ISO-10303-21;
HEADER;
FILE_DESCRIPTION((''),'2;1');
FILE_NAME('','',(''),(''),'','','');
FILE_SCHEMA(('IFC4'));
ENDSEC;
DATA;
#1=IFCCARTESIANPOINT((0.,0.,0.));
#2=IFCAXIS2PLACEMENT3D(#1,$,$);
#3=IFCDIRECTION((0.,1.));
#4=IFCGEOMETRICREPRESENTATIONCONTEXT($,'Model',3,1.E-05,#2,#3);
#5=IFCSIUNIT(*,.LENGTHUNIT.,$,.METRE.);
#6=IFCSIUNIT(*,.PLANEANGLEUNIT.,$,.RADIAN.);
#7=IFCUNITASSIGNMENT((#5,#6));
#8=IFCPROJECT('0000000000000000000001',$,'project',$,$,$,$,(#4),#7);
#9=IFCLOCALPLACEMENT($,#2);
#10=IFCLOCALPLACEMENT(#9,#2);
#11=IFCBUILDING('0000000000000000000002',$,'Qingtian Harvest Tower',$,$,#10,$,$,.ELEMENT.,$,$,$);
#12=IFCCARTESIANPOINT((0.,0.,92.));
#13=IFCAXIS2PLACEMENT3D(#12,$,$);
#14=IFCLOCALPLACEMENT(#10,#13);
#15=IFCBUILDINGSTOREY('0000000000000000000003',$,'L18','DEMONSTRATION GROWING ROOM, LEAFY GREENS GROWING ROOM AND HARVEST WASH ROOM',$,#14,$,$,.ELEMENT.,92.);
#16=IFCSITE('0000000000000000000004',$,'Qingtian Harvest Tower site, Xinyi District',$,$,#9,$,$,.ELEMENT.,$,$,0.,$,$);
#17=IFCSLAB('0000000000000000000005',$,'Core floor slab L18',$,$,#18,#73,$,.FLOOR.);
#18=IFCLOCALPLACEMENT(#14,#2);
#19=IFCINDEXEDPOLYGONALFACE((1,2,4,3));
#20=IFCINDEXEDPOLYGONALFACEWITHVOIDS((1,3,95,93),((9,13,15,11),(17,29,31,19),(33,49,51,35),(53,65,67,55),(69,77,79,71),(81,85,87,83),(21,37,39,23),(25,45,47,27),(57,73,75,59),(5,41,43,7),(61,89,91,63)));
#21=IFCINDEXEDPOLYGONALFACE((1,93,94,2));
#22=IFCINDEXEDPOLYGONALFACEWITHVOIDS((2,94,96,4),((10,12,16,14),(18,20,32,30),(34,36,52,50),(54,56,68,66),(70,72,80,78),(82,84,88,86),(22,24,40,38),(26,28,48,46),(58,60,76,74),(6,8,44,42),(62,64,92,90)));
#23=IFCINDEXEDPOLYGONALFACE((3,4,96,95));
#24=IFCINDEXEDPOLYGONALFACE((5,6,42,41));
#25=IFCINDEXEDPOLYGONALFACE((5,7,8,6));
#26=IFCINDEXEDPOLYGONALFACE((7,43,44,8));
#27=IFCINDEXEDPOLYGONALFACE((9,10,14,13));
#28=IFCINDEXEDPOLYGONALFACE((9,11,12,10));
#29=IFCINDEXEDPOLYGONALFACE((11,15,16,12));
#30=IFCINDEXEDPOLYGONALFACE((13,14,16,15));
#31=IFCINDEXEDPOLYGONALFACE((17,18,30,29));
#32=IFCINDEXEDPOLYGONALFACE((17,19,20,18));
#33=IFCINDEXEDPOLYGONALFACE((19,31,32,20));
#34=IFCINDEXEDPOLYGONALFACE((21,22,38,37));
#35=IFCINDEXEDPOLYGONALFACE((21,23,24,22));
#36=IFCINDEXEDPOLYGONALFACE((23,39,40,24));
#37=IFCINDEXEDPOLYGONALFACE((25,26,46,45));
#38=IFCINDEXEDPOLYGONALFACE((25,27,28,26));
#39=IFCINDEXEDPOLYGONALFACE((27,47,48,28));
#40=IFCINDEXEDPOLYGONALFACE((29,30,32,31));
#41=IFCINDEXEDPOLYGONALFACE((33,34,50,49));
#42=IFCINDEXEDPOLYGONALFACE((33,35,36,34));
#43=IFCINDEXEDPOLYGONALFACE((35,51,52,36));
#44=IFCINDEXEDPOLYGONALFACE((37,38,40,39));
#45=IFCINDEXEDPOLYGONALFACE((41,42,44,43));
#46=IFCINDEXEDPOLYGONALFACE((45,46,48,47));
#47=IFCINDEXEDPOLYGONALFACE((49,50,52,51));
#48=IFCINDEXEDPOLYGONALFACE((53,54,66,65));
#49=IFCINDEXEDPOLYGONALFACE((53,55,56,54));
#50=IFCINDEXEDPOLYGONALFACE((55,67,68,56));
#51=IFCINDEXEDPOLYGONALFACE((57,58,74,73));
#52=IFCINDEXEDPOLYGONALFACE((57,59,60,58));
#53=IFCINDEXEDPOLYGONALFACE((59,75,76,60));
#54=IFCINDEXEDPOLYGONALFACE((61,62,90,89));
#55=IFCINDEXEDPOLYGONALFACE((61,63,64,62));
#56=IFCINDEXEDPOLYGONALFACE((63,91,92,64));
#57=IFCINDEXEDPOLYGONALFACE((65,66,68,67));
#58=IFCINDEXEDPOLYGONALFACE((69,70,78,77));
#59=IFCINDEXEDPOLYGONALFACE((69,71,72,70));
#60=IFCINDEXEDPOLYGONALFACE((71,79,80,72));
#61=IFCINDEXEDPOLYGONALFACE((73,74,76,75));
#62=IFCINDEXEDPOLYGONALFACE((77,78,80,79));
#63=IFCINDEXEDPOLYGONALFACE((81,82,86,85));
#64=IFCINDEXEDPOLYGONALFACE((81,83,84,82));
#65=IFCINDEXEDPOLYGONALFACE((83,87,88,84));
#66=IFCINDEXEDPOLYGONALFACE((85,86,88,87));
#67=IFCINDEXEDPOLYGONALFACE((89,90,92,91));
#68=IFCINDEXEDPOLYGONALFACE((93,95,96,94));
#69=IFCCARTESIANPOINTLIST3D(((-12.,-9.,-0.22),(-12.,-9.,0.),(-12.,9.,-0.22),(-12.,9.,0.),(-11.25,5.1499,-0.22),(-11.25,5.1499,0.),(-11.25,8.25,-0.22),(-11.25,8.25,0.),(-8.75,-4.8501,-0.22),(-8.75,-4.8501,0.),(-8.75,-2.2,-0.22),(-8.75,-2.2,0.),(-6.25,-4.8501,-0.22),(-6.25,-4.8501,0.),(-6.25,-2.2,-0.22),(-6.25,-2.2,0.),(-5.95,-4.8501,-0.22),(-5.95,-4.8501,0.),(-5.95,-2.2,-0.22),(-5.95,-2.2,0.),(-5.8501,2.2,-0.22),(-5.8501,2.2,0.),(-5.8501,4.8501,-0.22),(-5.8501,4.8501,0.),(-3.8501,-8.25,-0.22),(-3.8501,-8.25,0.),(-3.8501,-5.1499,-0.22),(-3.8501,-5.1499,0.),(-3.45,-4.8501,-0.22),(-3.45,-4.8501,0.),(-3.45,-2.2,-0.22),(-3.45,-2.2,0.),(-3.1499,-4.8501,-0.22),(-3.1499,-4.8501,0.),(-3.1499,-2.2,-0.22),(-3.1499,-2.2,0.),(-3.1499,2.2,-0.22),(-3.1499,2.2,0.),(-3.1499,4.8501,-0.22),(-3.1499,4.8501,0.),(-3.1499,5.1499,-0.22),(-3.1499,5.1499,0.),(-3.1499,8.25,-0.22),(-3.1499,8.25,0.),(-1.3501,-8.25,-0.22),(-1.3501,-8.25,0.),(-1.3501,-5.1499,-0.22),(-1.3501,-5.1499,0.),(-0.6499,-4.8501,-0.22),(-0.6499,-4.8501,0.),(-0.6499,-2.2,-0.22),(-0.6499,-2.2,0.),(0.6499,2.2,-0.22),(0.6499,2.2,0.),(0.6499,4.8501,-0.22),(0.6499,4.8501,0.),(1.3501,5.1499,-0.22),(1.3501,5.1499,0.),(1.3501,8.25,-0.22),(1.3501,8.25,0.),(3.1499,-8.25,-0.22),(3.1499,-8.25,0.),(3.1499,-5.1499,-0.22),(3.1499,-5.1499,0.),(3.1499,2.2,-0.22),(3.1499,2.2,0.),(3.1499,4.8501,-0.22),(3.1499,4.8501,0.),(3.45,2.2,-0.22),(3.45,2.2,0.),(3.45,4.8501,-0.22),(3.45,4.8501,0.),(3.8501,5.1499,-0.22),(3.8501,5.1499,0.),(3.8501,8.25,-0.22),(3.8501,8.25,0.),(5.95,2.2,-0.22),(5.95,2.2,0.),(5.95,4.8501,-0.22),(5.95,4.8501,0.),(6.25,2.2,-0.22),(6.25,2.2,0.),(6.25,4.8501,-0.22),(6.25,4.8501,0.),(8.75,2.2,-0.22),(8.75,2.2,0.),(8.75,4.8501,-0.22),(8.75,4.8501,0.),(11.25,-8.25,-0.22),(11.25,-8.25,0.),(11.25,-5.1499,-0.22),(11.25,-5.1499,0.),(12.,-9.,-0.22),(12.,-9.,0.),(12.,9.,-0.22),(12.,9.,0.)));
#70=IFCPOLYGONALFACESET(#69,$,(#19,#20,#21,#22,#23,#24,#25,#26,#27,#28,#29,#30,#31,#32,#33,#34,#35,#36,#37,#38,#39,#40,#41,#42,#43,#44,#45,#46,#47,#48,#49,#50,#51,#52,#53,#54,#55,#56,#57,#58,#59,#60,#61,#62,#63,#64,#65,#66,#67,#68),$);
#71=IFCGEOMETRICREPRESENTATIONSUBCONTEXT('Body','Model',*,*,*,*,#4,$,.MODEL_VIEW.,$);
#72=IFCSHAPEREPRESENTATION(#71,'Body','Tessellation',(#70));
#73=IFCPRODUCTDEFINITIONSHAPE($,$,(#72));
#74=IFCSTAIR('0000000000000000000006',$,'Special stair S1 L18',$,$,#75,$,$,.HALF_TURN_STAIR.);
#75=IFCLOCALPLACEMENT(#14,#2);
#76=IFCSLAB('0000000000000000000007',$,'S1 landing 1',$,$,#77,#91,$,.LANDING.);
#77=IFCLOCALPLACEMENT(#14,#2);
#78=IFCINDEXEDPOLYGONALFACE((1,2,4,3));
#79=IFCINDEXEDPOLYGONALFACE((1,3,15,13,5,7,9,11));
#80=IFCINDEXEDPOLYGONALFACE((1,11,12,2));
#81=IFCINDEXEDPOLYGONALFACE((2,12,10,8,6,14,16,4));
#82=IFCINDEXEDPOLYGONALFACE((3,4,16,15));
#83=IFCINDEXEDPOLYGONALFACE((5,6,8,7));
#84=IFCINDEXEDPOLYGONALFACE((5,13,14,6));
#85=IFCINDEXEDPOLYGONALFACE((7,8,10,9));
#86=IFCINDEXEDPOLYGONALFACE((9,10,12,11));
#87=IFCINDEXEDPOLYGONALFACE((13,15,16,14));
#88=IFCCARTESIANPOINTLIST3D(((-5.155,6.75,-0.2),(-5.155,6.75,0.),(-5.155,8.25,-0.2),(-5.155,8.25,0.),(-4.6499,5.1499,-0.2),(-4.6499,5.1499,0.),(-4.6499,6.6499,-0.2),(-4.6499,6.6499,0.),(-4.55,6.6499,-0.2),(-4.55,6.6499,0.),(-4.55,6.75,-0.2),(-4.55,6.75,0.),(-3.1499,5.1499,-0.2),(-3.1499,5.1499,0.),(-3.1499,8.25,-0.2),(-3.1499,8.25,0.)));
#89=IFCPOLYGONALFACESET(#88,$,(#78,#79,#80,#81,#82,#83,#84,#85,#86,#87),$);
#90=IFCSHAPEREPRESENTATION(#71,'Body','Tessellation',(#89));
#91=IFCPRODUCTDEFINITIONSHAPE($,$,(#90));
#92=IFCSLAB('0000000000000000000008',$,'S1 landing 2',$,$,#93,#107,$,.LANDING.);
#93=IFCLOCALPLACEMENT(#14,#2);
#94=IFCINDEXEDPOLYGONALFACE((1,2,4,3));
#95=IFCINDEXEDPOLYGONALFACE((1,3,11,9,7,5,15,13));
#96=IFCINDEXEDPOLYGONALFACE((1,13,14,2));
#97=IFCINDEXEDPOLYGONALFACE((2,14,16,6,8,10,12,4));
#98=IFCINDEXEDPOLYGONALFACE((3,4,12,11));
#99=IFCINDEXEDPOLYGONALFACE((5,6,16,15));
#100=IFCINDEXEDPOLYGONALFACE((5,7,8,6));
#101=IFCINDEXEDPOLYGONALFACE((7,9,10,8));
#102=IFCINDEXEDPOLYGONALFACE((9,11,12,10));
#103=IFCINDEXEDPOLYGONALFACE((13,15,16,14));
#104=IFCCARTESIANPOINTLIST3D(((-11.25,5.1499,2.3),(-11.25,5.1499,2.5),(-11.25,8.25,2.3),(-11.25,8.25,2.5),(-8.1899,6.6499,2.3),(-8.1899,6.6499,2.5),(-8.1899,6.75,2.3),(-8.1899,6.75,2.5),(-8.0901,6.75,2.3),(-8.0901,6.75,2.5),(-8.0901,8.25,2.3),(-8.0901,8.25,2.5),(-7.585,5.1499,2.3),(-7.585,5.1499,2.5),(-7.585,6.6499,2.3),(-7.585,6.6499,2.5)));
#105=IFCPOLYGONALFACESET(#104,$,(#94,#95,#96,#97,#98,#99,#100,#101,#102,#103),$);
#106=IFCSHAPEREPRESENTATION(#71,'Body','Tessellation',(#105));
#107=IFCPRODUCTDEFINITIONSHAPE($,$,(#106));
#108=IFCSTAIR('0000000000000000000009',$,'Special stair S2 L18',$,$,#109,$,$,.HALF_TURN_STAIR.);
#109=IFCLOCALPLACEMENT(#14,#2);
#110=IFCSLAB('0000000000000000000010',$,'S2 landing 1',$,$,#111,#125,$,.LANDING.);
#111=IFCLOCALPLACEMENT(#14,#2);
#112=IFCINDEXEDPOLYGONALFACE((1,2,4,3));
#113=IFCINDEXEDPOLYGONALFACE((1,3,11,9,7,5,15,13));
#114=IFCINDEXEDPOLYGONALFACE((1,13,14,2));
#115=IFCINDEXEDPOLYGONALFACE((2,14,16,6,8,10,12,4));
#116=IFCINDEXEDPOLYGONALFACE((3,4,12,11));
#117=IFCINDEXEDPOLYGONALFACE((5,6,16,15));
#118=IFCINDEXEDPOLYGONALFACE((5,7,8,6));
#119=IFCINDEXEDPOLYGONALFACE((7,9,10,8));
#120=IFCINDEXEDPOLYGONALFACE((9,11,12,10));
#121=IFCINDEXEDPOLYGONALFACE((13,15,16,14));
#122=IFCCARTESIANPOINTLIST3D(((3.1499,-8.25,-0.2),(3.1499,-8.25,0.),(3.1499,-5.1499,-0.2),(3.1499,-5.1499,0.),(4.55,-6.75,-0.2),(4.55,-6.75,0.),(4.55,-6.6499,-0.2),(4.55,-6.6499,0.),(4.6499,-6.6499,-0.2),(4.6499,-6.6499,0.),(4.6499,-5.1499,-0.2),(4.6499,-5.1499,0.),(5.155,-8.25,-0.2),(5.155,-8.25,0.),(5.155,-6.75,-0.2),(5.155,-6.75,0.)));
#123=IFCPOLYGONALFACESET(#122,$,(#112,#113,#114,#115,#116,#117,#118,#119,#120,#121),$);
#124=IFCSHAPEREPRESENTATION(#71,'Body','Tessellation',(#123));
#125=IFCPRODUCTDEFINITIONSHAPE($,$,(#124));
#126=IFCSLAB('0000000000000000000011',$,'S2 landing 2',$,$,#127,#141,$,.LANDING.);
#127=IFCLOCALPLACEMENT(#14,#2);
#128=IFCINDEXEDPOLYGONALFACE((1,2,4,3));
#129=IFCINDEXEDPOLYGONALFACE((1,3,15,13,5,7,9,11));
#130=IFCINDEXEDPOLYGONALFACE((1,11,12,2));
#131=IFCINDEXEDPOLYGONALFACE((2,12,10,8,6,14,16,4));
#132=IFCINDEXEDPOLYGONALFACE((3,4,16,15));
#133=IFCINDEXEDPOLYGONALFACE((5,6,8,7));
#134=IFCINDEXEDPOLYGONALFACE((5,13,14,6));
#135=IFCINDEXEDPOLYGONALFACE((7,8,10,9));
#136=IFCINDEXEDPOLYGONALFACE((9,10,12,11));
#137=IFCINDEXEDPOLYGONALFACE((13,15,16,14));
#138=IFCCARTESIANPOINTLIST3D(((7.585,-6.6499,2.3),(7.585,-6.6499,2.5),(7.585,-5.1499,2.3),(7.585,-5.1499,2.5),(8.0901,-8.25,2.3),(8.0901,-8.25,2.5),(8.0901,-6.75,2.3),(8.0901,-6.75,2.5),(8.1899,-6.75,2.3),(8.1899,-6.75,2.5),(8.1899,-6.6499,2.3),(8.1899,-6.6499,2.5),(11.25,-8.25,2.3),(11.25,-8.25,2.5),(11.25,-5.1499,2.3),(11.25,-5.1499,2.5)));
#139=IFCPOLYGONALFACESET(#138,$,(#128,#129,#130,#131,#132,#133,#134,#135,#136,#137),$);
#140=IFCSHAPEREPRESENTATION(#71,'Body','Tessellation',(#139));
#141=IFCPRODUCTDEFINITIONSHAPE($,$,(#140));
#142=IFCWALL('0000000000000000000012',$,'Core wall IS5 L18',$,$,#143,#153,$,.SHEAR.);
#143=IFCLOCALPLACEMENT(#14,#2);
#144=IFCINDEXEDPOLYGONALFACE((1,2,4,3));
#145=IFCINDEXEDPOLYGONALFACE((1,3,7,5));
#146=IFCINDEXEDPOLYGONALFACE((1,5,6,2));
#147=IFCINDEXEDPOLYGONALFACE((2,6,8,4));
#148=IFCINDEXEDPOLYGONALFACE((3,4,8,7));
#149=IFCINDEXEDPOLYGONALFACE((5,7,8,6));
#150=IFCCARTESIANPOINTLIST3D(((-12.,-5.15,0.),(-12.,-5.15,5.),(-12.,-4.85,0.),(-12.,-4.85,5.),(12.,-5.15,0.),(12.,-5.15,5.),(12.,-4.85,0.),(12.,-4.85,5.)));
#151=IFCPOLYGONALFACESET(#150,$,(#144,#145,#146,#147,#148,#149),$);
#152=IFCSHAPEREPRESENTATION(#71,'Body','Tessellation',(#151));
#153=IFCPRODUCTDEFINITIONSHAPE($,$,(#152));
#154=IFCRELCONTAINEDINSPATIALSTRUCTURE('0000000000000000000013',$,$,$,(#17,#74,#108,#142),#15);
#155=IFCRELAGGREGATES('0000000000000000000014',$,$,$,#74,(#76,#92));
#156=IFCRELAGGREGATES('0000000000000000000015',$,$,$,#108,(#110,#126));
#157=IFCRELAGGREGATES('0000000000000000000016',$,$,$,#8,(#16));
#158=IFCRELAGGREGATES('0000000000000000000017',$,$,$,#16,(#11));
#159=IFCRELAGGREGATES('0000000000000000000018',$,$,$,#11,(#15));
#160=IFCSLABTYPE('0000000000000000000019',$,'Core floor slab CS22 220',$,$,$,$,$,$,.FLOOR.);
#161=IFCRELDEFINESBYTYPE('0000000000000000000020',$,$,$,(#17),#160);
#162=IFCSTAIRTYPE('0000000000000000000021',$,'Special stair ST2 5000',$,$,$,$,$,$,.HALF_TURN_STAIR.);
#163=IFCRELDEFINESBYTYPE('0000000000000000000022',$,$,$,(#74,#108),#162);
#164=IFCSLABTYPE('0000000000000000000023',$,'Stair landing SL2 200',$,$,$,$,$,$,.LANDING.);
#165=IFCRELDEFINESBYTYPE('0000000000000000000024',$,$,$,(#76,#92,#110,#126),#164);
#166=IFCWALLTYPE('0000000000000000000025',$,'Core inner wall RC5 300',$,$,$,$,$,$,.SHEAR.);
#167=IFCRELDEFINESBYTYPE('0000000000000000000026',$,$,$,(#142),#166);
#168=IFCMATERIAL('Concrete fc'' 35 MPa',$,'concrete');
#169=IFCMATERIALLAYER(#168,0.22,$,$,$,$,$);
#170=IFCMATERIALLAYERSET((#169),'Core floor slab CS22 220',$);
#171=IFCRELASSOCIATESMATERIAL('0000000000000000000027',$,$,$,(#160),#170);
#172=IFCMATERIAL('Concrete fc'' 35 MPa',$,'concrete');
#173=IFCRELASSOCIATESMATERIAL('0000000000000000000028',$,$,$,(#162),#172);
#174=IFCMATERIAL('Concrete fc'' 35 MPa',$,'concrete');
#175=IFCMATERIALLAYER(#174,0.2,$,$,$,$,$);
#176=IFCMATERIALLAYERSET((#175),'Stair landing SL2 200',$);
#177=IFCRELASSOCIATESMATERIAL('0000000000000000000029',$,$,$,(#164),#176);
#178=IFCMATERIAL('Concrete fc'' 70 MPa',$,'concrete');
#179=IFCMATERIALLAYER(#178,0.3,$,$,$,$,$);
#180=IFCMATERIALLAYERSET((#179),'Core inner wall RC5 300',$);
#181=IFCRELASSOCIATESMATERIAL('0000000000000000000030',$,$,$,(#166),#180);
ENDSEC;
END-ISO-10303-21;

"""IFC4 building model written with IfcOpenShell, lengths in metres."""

from ifc_helpers import new_model, si_unit, direction, frame, frame_2d, origin, place, context, subcontext, project, spatial, polyline, rectangle, outline, extrude, material, layer, layer_set, type_object, element, aggregate, save


model = new_model("IFC4")

# Units and contexts
model_context = context("Model", 3, precision=1e-05, world=origin(), true_north=direction((0.0, 1.0)))
body_context = subcontext(model_context, "Body", "Model", "MODEL_VIEW")
ifc_project = project(units=[si_unit("LENGTHUNIT", "METRE"), si_unit("PLANEANGLEUNIT", "RADIAN")], contexts=[model_context])

# Site, building, storey
site_placement = place(None, origin())
site = spatial("IfcSite", under=ifc_project, at=site_placement, Name="Qingtian Harvest Tower site, Xinyi District", CompositionType="ELEMENT", RefElevation=0.0)
building_placement = place(site_placement, origin())
building = spatial("IfcBuilding", under=site, at=building_placement, Name="Qingtian Harvest Tower", CompositionType="ELEMENT")
storey_placement = place(building_placement, frame((0.0, 0.0, 92.0)))
storey = spatial("IfcBuildingStorey", under=building, at=storey_placement, Name="L18", Description="DEMONSTRATION GROWING ROOM, LEAFY GREENS GROWING ROOM AND HARVEST WASH ROOM", CompositionType="ELEMENT", Elevation=92.0)

# Slab
ifc_material_1 = material(Name="Concrete fc' 35 MPa", Category="concrete")
ifc_layer_1 = layer(ifc_material_1, 0.22)
ifc_layer_set_1 = layer_set([ifc_layer_1], Name="Core floor slab CS22 220")
slab_type_1 = type_object("IfcSlabType", Name="Core floor slab CS22 220", PredefinedType="FLOOR", material=ifc_layer_set_1)
slab_1_placement = place(storey_placement, frame((0.0, 0.0, -0.22)))
element("IfcSlab", 1, at=slab_1_placement, inside=storey, type_object=slab_type_1, Name="Core floor slab L18", PredefinedType="FLOOR", context=body_context, shape_type="SweptSolid", body=[
    extrude(outline(polyline([(-12.0, -9.0), (12.0, -9.0), (12.0, 9.0), (-12.0, 9.0), (-12.0, -9.0)]), holes=[polyline([(-11.25, 5.1499), (-3.1499, 5.1499), (-3.1499, 8.25), (-11.25, 8.25), (-11.25, 5.1499)]), polyline([(3.1499, -8.25), (11.25, -8.25), (11.25, -5.1499), (3.1499, -5.1499), (3.1499, -8.25)]), polyline([(1.3501, 5.1499), (3.8501, 5.1499), (3.8501, 8.25), (1.3501, 8.25), (1.3501, 5.1499)]), polyline([(-3.8501, -8.25), (-1.3501, -8.25), (-1.3501, -5.1499), (-3.8501, -5.1499), (-3.8501, -8.25)]), polyline([(-5.8501, 2.2), (-3.1499, 2.2), (-3.1499, 4.8501), (-5.8501, 4.8501), (-5.8501, 2.2)]), polyline([(0.6499, 2.2), (3.1499, 2.2), (3.1499, 4.8501), (0.6499, 4.8501), (0.6499, 2.2)]), polyline([(3.45, 2.2), (5.95, 2.2), (5.95, 4.8501), (3.45, 4.8501), (3.45, 2.2)]), polyline([(6.25, 2.2), (8.75, 2.2), (8.75, 4.8501), (6.25, 4.8501), (6.25, 2.2)]), polyline([(-8.75, -4.8501), (-6.25, -4.8501), (-6.25, -2.2), (-8.75, -2.2), (-8.75, -4.8501)]), polyline([(-5.95, -4.8501), (-3.45, -4.8501), (-3.45, -2.2), (-5.95, -2.2), (-5.95, -4.8501)]), polyline([(-3.1499, -4.8501), (-0.6499, -4.8501), (-0.6499, -2.2), (-3.1499, -2.2), (-3.1499, -4.8501)])]), origin(), (0.0, 0.0, 1.0), 0.22),
])

# Stairs, slabs
ifc_material_2 = material(Name="Concrete fc' 35 MPa", Category="concrete")
stair_type = type_object("IfcStairType", Name="Special stair ST2 5000", PredefinedType="HALF_TURN_STAIR", material=ifc_material_2)
stair_1_placement = place(storey_placement, origin())
stair_1 = element("IfcStair", 2, at=stair_1_placement, inside=storey, type_object=stair_type, Name="Special stair S1 L18", PredefinedType="HALF_TURN_STAIR")
ifc_material_3 = material(Name="Concrete fc' 35 MPa", Category="concrete")
ifc_layer_2 = layer(ifc_material_3, 0.2)
ifc_layer_set_2 = layer_set([ifc_layer_2], Name="Stair landing SL2 200")
slab_type_2 = type_object("IfcSlabType", Name="Stair landing SL2 200", PredefinedType="LANDING", material=ifc_layer_set_2)
slab_2_placement = place(storey_placement, frame((0.0, 0.0, -0.2)))
slab_2 = element("IfcSlab", 3, at=slab_2_placement, type_object=slab_type_2, Name="S1 landing 1", PredefinedType="LANDING", context=body_context, shape_type="SweptSolid", body=[
    extrude(outline(polyline([(-4.6499, 5.1499), (-4.6499, 6.6499), (-4.55, 6.6499), (-4.55, 6.75), (-5.155, 6.75), (-5.155, 8.25), (-3.1499, 8.25), (-3.1499, 5.1499), (-4.6499, 5.1499)])), origin(), (0.0, 0.0, 1.0), 0.2),
])
slab_3_placement = place(storey_placement, frame((0.0, 0.0, 2.3)))
slab_3 = element("IfcSlab", 4, at=slab_3_placement, type_object=slab_type_2, Name="S1 landing 2", PredefinedType="LANDING", context=body_context, shape_type="SweptSolid", body=[
    extrude(outline(polyline([(-7.585, 5.1499), (-11.25, 5.1499), (-11.25, 8.25), (-8.0901, 8.25), (-8.0901, 6.75), (-8.1899, 6.75), (-8.1899, 6.6499), (-7.585, 6.6499), (-7.585, 5.1499)])), origin(), (0.0, 0.0, 1.0), 0.2),
])
aggregate(stair_1, [slab_2, slab_3])
stair_2_placement = place(storey_placement, origin())
stair_2 = element("IfcStair", 5, at=stair_2_placement, inside=storey, type_object=stair_type, Name="Special stair S2 L18", PredefinedType="HALF_TURN_STAIR")
slab_4_placement = place(storey_placement, frame((0.0, 0.0, -0.2)))
slab_4 = element("IfcSlab", 6, at=slab_4_placement, type_object=slab_type_2, Name="S2 landing 1", PredefinedType="LANDING", context=body_context, shape_type="SweptSolid", body=[
    extrude(outline(polyline([(5.155, -8.25), (3.1499, -8.25), (3.1499, -5.1499), (4.6499, -5.1499), (4.6499, -6.6499), (4.55, -6.6499), (4.55, -6.75), (5.155, -6.75), (5.155, -8.25)])), origin(), (0.0, 0.0, 1.0), 0.2),
])
slab_5_placement = place(storey_placement, frame((0.0, 0.0, 2.3)))
slab_5 = element("IfcSlab", 7, at=slab_5_placement, type_object=slab_type_2, Name="S2 landing 2", PredefinedType="LANDING", context=body_context, shape_type="SweptSolid", body=[
    extrude(outline(polyline([(8.0901, -8.25), (8.0901, -6.75), (8.1899, -6.75), (8.1899, -6.6499), (7.585, -6.6499), (7.585, -5.1499), (11.25, -5.1499), (11.25, -8.25), (8.0901, -8.25)])), origin(), (0.0, 0.0, 1.0), 0.2),
])
aggregate(stair_2, [slab_4, slab_5])

# Wall
ifc_material_4 = material(Name="Concrete fc' 70 MPa", Category="concrete")
ifc_layer_3 = layer(ifc_material_4, 0.3)
ifc_layer_set_3 = layer_set([ifc_layer_3], Name="Core inner wall RC5 300")
wall_type_1 = type_object("IfcWallType", Name="Core inner wall RC5 300", PredefinedType="SHEAR", material=ifc_layer_set_3)
wall_1_placement = place(storey_placement, frame((-12.0, -5.0, 0.0), z_axis=(0.0, 0.0, 1.0), x_axis=(1.0, 0.0, 0.0)))
element("IfcWall", 8, at=wall_1_placement, inside=storey, type_object=wall_type_1, Name="Core wall IS5 L18", PredefinedType="SHEAR", context=body_context, shape_type="SweptSolid", body=[
    extrude(rectangle(XDim=24.0, YDim=0.3, at=frame_2d((12.0, 0.0))), origin(), (0.0, 0.0, 1.0), 5.0),
])

save(model, "model.ifc")
